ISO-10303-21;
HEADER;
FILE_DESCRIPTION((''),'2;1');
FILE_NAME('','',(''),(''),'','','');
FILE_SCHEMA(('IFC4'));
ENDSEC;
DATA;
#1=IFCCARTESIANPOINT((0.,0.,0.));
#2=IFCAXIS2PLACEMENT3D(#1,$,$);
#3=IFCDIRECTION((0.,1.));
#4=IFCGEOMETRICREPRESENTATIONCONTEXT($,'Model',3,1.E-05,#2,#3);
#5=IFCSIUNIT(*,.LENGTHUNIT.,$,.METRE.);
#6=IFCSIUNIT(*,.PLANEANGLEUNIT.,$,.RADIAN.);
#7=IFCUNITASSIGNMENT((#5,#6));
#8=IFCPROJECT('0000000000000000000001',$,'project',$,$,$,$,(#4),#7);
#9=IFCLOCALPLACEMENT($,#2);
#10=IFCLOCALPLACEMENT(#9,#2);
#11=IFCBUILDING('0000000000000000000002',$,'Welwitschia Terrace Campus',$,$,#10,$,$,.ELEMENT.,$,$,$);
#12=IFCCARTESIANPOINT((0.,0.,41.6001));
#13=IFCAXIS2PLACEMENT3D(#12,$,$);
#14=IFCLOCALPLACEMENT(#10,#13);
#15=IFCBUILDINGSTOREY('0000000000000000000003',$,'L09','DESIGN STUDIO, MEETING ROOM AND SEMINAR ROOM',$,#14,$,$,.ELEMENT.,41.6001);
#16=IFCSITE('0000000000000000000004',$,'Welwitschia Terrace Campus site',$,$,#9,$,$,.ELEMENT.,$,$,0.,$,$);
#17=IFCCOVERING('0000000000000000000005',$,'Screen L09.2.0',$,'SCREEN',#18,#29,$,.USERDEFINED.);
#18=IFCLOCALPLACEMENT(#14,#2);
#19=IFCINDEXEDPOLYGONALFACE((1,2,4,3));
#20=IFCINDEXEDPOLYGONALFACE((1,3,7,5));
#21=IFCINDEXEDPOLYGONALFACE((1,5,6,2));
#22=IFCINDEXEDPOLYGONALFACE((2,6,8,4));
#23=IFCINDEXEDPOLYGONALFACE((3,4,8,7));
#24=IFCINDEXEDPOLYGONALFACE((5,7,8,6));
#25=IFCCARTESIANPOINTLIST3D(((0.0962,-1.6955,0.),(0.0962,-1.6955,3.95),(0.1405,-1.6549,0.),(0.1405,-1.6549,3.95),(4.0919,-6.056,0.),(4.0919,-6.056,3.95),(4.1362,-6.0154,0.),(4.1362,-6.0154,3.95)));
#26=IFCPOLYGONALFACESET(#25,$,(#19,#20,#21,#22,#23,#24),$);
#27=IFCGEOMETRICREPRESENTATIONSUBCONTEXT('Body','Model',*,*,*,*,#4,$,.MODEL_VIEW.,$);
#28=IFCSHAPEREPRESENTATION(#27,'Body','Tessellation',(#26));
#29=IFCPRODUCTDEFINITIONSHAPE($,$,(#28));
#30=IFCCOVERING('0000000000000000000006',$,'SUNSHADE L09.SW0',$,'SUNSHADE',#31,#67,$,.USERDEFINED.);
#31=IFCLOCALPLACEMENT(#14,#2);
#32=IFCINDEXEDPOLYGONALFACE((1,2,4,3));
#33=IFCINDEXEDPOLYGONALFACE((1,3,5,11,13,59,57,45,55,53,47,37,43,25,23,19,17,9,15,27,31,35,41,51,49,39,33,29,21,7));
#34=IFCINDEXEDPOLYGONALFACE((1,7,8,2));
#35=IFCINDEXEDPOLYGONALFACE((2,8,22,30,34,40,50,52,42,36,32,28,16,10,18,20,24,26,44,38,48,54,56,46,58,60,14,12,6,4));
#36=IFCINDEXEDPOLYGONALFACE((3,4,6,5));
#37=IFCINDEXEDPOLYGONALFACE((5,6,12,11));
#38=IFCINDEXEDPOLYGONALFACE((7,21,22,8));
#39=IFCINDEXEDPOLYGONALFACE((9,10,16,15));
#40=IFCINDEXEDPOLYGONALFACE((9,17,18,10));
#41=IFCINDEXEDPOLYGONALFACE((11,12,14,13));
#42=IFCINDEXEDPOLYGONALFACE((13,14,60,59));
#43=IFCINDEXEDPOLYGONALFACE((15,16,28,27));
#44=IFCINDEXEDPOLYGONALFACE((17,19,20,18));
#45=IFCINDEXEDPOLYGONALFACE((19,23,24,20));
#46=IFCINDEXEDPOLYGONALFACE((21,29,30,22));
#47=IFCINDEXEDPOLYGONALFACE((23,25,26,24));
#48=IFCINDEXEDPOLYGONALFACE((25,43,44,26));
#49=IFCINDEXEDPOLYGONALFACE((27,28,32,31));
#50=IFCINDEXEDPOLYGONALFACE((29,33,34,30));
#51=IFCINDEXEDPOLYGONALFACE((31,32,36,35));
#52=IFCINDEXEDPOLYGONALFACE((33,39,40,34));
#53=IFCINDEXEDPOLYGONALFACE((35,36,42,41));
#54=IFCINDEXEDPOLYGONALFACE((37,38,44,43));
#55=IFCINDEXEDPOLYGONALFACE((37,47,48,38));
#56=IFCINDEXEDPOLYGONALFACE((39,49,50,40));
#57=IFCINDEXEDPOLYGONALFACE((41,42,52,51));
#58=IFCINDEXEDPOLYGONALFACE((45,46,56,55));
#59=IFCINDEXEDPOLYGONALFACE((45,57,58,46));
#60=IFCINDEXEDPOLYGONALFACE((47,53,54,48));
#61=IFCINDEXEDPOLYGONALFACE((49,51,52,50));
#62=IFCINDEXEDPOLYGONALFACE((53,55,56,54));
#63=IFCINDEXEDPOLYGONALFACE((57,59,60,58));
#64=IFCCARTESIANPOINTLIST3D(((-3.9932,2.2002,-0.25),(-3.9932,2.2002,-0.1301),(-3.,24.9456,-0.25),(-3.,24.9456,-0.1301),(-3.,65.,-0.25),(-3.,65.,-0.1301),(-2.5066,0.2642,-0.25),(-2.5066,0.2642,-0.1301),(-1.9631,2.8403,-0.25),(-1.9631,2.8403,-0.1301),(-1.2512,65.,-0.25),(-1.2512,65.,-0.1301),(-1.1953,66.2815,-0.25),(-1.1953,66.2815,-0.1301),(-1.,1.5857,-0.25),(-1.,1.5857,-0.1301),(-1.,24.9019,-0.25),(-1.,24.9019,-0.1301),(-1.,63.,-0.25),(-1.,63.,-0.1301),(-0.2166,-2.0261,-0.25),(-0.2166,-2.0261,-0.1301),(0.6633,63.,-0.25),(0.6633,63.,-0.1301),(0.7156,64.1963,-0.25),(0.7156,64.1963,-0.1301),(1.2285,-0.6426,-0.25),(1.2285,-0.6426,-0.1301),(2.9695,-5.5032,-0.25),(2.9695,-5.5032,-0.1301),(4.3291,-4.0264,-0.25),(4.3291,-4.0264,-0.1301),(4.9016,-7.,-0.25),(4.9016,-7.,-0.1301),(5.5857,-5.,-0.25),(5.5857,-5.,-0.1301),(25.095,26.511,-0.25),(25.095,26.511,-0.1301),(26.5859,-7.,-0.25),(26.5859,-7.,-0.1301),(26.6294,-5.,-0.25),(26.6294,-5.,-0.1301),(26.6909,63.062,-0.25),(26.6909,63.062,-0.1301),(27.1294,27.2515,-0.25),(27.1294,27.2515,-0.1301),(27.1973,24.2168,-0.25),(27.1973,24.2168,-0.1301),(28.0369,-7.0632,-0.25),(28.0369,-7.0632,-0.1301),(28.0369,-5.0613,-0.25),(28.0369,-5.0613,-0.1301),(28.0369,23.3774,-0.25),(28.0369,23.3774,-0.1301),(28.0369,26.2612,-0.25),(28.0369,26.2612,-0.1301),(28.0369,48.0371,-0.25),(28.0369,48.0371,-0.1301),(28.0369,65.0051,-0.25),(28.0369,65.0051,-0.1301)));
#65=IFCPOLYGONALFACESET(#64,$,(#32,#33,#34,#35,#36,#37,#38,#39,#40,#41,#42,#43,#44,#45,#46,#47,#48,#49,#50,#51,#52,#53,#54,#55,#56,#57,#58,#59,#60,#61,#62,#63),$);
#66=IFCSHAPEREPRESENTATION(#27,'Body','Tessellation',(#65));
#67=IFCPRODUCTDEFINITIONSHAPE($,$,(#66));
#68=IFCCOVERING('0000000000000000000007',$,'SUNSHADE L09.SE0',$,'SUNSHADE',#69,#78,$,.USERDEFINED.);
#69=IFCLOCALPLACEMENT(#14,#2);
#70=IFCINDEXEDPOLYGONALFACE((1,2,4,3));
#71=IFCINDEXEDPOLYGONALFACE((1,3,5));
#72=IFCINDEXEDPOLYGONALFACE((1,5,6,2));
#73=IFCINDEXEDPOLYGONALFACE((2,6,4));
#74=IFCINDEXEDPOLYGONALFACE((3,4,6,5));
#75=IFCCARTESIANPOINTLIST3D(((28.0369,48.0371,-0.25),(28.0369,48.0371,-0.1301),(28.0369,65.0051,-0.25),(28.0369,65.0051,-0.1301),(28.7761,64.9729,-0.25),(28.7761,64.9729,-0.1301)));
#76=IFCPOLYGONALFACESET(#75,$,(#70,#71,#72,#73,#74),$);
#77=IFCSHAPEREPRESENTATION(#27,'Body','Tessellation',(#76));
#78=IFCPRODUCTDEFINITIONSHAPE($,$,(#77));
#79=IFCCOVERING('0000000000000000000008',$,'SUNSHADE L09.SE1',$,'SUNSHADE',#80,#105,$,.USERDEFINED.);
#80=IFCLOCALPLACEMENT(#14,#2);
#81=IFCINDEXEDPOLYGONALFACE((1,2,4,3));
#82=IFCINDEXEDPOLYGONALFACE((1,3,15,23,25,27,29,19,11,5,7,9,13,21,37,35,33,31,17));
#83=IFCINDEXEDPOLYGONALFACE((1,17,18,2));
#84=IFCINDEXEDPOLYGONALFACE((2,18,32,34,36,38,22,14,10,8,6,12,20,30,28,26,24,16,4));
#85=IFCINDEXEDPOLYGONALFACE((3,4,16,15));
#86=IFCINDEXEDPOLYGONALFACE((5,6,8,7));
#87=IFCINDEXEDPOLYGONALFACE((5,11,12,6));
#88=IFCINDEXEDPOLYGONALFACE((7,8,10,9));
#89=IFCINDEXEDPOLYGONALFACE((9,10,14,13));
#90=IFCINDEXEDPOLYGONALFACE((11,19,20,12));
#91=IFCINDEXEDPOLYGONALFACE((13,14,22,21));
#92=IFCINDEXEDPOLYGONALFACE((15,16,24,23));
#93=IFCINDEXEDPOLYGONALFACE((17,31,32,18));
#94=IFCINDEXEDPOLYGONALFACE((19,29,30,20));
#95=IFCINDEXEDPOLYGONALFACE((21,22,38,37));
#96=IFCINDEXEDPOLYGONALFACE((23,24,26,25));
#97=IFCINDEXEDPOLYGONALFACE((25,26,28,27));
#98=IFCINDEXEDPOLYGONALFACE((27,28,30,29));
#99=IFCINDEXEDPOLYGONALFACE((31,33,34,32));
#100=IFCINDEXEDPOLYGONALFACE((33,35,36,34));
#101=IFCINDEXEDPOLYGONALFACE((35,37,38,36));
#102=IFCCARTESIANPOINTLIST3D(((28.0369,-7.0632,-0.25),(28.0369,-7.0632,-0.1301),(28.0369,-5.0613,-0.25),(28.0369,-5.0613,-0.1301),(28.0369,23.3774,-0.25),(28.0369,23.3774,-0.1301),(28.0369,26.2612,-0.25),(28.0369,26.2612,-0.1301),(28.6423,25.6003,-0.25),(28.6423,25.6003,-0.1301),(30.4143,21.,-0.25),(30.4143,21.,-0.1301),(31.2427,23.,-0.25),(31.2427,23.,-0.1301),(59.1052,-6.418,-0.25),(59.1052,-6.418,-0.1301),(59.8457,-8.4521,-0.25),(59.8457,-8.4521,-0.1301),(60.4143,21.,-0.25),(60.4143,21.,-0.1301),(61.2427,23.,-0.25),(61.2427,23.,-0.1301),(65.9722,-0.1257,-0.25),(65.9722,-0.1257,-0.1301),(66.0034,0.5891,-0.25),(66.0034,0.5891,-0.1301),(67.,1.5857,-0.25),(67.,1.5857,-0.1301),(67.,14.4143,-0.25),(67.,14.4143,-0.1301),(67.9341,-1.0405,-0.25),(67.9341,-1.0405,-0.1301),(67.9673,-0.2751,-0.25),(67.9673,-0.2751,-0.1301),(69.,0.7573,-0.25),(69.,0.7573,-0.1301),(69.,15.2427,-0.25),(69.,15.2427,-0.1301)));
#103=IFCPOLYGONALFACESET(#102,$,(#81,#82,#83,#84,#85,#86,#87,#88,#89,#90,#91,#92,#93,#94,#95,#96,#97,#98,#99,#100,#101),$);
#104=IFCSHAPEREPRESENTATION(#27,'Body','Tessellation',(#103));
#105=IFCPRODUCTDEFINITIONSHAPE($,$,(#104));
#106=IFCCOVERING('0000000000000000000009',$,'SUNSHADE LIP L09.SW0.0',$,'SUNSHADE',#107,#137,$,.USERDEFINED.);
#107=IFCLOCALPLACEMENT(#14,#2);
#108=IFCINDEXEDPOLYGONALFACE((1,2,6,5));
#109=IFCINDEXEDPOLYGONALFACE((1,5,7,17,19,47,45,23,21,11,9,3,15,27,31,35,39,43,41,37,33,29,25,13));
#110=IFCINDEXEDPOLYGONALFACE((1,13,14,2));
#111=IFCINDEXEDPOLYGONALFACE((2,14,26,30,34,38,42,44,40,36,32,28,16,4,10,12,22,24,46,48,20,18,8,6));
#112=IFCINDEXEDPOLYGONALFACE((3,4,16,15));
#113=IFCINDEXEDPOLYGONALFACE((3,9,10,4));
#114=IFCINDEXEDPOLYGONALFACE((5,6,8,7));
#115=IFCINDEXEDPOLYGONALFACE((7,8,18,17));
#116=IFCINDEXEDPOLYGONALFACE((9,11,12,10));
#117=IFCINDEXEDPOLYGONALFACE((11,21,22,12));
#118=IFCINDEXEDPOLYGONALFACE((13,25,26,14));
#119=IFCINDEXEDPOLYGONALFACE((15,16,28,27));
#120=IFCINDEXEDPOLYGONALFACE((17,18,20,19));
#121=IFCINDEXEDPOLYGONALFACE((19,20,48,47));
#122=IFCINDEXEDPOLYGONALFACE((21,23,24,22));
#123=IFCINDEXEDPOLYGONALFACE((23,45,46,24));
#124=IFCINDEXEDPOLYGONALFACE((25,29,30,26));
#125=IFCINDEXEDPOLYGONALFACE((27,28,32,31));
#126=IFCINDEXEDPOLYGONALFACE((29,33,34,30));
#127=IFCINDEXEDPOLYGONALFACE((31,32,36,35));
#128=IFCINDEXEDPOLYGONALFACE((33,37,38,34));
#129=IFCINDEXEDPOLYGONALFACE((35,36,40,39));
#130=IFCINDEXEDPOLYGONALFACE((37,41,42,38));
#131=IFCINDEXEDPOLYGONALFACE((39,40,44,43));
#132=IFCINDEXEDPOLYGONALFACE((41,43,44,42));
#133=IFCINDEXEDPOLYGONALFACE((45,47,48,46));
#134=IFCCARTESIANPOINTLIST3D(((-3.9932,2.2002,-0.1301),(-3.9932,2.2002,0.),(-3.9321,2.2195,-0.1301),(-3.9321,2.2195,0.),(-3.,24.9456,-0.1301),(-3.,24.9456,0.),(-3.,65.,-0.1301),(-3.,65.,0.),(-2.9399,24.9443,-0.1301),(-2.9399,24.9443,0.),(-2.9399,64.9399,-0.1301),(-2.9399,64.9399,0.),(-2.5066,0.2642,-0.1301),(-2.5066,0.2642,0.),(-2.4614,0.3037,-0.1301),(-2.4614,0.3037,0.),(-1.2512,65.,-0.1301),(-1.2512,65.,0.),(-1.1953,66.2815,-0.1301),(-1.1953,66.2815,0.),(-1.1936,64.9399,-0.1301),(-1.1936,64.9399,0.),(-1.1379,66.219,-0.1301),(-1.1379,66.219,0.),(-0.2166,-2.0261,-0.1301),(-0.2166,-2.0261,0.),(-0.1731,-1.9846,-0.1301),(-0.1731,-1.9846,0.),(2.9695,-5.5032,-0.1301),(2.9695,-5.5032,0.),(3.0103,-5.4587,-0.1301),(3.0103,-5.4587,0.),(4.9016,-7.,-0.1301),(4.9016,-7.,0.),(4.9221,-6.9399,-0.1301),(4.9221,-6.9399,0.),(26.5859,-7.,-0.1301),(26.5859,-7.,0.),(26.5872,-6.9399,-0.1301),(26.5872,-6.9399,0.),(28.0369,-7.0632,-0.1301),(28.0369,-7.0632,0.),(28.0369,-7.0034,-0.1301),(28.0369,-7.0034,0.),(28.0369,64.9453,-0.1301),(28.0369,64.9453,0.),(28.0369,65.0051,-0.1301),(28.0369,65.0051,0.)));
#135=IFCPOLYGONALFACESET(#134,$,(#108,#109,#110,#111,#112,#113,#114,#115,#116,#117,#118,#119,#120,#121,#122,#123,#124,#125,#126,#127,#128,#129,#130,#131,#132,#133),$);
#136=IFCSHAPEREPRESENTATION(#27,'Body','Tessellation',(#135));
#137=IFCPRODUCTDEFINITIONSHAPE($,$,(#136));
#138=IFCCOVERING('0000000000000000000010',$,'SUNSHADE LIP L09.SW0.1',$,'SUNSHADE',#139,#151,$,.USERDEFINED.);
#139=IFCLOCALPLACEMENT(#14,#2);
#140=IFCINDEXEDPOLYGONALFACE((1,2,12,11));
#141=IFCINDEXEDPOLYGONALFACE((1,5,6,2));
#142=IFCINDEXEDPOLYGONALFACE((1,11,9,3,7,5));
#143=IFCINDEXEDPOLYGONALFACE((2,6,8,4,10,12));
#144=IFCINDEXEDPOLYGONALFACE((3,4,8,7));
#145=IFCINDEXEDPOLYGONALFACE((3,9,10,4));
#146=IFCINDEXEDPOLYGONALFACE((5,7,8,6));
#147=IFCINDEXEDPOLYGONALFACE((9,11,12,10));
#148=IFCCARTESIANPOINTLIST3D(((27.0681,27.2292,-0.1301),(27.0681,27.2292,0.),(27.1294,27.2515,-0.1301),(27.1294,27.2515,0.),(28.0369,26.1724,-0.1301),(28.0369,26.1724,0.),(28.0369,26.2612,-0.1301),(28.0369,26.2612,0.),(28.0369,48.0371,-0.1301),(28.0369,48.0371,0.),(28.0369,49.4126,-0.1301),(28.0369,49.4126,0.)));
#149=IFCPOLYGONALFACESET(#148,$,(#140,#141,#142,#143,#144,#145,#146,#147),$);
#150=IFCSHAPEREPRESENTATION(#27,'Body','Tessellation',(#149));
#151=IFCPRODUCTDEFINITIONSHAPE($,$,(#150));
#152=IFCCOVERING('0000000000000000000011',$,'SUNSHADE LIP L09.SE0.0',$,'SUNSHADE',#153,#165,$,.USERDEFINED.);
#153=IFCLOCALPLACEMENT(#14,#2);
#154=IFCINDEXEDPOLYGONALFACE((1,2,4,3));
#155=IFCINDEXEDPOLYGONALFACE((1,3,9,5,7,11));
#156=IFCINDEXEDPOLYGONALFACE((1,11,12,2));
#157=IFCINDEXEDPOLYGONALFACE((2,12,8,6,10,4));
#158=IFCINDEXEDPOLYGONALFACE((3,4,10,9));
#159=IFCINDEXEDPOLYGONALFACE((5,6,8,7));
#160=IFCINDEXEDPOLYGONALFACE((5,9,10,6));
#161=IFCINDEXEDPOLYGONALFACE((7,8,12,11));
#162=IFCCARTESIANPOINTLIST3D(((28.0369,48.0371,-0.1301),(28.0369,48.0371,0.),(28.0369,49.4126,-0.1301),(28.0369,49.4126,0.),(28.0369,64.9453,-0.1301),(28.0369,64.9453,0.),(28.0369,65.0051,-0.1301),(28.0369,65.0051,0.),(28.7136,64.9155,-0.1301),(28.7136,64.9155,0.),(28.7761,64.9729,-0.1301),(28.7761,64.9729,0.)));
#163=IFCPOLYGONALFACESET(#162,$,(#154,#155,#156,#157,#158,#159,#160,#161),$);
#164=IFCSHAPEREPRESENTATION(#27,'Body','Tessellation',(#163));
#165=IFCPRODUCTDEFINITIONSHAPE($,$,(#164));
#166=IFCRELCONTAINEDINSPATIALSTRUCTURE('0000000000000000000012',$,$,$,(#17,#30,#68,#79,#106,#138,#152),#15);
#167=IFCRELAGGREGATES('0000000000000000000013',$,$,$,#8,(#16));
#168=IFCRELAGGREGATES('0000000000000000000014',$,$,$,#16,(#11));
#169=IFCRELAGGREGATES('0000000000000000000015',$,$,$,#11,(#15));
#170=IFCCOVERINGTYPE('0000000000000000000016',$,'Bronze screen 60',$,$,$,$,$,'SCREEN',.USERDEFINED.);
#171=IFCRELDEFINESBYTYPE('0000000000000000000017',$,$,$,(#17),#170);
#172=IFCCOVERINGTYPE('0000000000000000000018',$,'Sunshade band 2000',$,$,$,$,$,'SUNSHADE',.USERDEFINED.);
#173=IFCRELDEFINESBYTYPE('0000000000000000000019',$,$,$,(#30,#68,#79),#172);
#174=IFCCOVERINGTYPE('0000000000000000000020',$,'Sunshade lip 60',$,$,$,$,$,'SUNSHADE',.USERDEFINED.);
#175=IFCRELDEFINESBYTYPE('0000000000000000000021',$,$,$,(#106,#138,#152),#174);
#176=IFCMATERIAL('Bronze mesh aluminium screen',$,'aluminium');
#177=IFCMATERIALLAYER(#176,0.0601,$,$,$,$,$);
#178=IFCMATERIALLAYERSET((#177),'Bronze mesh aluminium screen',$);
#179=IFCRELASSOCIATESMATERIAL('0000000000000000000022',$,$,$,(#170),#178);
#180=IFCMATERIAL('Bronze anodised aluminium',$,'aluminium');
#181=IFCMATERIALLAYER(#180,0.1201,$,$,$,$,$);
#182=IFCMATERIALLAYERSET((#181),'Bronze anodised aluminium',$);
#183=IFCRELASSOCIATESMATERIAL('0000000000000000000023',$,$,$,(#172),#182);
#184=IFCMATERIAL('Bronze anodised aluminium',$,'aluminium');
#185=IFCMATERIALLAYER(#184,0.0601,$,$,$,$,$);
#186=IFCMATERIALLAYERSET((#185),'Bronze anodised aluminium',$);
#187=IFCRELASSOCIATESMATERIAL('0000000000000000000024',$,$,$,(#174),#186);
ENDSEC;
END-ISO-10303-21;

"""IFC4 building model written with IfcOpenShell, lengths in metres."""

from ifc_helpers import new_model, si_unit, direction, frame, origin, origin_2d, place, context, subcontext, project, spatial, polyline, rectangle, outline, extrude, material, layer, layer_set, type_object, element, save


model = new_model("IFC4")

# Units and contexts
model_context = context("Model", 3, precision=1e-05, world=origin(), true_north=direction((0.0, 1.0)))
body_context = subcontext(model_context, "Body", "Model", "MODEL_VIEW")
ifc_project = project(units=[si_unit("LENGTHUNIT", "METRE"), si_unit("PLANEANGLEUNIT", "RADIAN")], contexts=[model_context])

# Site, building, storey
site_placement = place(None, origin())
site = spatial("IfcSite", under=ifc_project, at=site_placement, Name="Welwitschia Terrace Campus site", CompositionType="ELEMENT", RefElevation=0.0)
building_placement = place(site_placement, origin())
building = spatial("IfcBuilding", under=site, at=building_placement, Name="Welwitschia Terrace Campus", CompositionType="ELEMENT")
storey_placement = place(building_placement, frame((0.0, 0.0, 41.6001)))
storey = spatial("IfcBuildingStorey", under=building, at=storey_placement, Name="L09", Description="DESIGN STUDIO, MEETING ROOM AND SEMINAR ROOM", CompositionType="ELEMENT", Elevation=41.6001)

# Coverings
ifc_material_1 = material(Name="Bronze mesh aluminium screen", Category="aluminium")
ifc_layer_1 = layer(ifc_material_1, 0.0601)
ifc_layer_set_1 = layer_set([ifc_layer_1], Name="Bronze mesh aluminium screen")
covering_type_1 = type_object("IfcCoveringType", Name="Bronze screen 60", ElementType="SCREEN", PredefinedType="USERDEFINED", material=ifc_layer_set_1)
covering_1_placement = place(storey_placement, frame((2.1162, -3.8555, 0.0), z_axis=(0.0, 0.0, 1.0), x_axis=(0.67559, -0.737277, 0.0)))
element("IfcCovering", 1, at=covering_1_placement, inside=storey, type_object=covering_type_1, Name="Screen L09.2.0", ObjectType="SCREEN", PredefinedType="USERDEFINED", context=body_context, shape_type="SweptSolid", body=[
    extrude(rectangle(XDim=5.9143, YDim=0.0601, at=origin_2d()), origin(), (0.0, 0.0, 1.0), 3.95),
])
ifc_material_2 = material(Name="Bronze anodised aluminium", Category="aluminium")
ifc_layer_2 = layer(ifc_material_2, 0.1201)
ifc_layer_set_2 = layer_set([ifc_layer_2], Name="Bronze anodised aluminium")
covering_type_2 = type_object("IfcCoveringType", Name="Sunshade band 2000", ElementType="SUNSHADE", PredefinedType="USERDEFINED", material=ifc_layer_set_2)
covering_2_placement = place(storey_placement, frame((0.0, 0.0, -0.25)))
element("IfcCovering", 2, at=covering_2_placement, inside=storey, type_object=covering_type_2, Name="SUNSHADE L09.SW0", ObjectType="SUNSHADE", PredefinedType="USERDEFINED", context=body_context, shape_type="SweptSolid", body=[
    extrude(outline(polyline([(-1.2512, 65.0), (-1.1953, 66.2815), (28.0369, 65.0051), (28.0369, 48.0371), (27.1294, 27.2515), (28.0369, 26.2612), (28.0369, 23.3774), (27.1973, 24.2168), (25.095, 26.511), (26.6909, 63.062), (0.7156, 64.1963), (0.6633, 63.0), (-1.0, 63.0), (-1.0, 24.9019), (-1.9631, 2.8403), (-1.0, 1.5857), (1.2285, -0.6426), (4.3291, -4.0264), (5.5857, -5.0), (26.6294, -5.0), (28.0369, -5.0613), (28.0369, -7.0632), (26.5859, -7.0), (4.9016, -7.0), (2.9695, -5.5032), (-0.2166, -2.0261), (-2.5066, 0.2642), (-3.9932, 2.2002), (-3.0, 24.9456), (-3.0, 65.0), (-1.2512, 65.0)])), origin(), (0.0, 0.0, 1.0), 0.1199),
])
covering_3_placement = place(storey_placement, frame((0.0, 0.0, -0.25)))
element("IfcCovering", 3, at=covering_3_placement, inside=storey, type_object=covering_type_2, Name="SUNSHADE L09.SE0", ObjectType="SUNSHADE", PredefinedType="USERDEFINED", context=body_context, shape_type="SweptSolid", body=[
    extrude(outline(polyline([(28.7761, 64.9729), (28.0369, 48.0371), (28.0369, 65.0051), (28.7761, 64.9729)])), origin(), (0.0, 0.0, 1.0), 0.1199),
])
covering_4_placement = place(storey_placement, frame((0.0, 0.0, -0.25)))
element("IfcCovering", 4, at=covering_4_placement, inside=storey, type_object=covering_type_2, Name="SUNSHADE L09.SE1", ObjectType="SUNSHADE", PredefinedType="USERDEFINED", context=body_context, shape_type="SweptSolid", body=[
    extrude(outline(polyline([(28.6423, 25.6003), (31.2427, 23.0), (61.2427, 23.0), (69.0, 15.2427), (69.0, 0.7573), (67.9673, -0.2751), (67.9341, -1.0405), (59.8457, -8.4521), (28.0369, -7.0632), (28.0369, -5.0613), (59.1052, -6.418), (65.9722, -0.1257), (66.0034, 0.5891), (67.0, 1.5857), (67.0, 14.4143), (60.4143, 21.0), (30.4143, 21.0), (28.0369, 23.3774), (28.0369, 26.2612), (28.6423, 25.6003)])), origin(), (0.0, 0.0, 1.0), 0.1199),
])
ifc_material_3 = material(Name="Bronze anodised aluminium", Category="aluminium")
ifc_layer_3 = layer(ifc_material_3, 0.0601)
ifc_layer_set_3 = layer_set([ifc_layer_3], Name="Bronze anodised aluminium")
covering_type_3 = type_object("IfcCoveringType", Name="Sunshade lip 60", ElementType="SUNSHADE", PredefinedType="USERDEFINED", material=ifc_layer_set_3)
covering_5_placement = place(storey_placement, frame((0.0, 0.0, -0.1301)))
element("IfcCovering", 5, at=covering_5_placement, inside=storey, type_object=covering_type_3, Name="SUNSHADE LIP L09.SW0.0", ObjectType="SUNSHADE", PredefinedType="USERDEFINED", context=body_context, shape_type="SweptSolid", body=[
    extrude(outline(polyline([(-1.1953, 66.2815), (28.0369, 65.0051), (28.0369, 64.9453), (-1.1379, 66.219), (-1.1936, 64.9399), (-2.9399, 64.9399), (-2.9399, 24.9443), (-3.9321, 2.2195), (-2.4614, 0.3037), (-0.1731, -1.9846), (3.0103, -5.4587), (4.9221, -6.9399), (26.5872, -6.9399), (28.0369, -7.0034), (28.0369, -7.0632), (26.5859, -7.0), (4.9016, -7.0), (2.9695, -5.5032), (-0.2166, -2.0261), (-2.5066, 0.2642), (-3.9932, 2.2002), (-3.0, 24.9456), (-3.0, 65.0), (-1.2512, 65.0), (-1.1953, 66.2815)])), origin(), (0.0, 0.0, 1.0), 0.1301),
])
covering_6_placement = place(storey_placement, frame((0.0, 0.0, -0.1301)))
element("IfcCovering", 6, at=covering_6_placement, inside=storey, type_object=covering_type_3, Name="SUNSHADE LIP L09.SW0.1", ObjectType="SUNSHADE", PredefinedType="USERDEFINED", context=body_context, shape_type="SweptSolid", body=[
    extrude(outline(polyline([(28.0369, 48.0371), (27.1294, 27.2515), (28.0369, 26.2612), (28.0369, 26.1724), (27.0681, 27.2292), (28.0369, 49.4126), (28.0369, 48.0371)])), origin(), (0.0, 0.0, 1.0), 0.1301),
])
covering_7_placement = place(storey_placement, frame((0.0, 0.0, -0.1301)))
element("IfcCovering", 7, at=covering_7_placement, inside=storey, type_object=covering_type_3, Name="SUNSHADE LIP L09.SE0.0", ObjectType="SUNSHADE", PredefinedType="USERDEFINED", context=body_context, shape_type="SweptSolid", body=[
    extrude(outline(polyline([(28.0369, 48.0371), (28.0369, 49.4126), (28.7136, 64.9155), (28.0369, 64.9453), (28.0369, 65.0051), (28.7761, 64.9729), (28.0369, 48.0371)])), origin(), (0.0, 0.0, 1.0), 0.1301),
])

save(model, "model.ifc")
